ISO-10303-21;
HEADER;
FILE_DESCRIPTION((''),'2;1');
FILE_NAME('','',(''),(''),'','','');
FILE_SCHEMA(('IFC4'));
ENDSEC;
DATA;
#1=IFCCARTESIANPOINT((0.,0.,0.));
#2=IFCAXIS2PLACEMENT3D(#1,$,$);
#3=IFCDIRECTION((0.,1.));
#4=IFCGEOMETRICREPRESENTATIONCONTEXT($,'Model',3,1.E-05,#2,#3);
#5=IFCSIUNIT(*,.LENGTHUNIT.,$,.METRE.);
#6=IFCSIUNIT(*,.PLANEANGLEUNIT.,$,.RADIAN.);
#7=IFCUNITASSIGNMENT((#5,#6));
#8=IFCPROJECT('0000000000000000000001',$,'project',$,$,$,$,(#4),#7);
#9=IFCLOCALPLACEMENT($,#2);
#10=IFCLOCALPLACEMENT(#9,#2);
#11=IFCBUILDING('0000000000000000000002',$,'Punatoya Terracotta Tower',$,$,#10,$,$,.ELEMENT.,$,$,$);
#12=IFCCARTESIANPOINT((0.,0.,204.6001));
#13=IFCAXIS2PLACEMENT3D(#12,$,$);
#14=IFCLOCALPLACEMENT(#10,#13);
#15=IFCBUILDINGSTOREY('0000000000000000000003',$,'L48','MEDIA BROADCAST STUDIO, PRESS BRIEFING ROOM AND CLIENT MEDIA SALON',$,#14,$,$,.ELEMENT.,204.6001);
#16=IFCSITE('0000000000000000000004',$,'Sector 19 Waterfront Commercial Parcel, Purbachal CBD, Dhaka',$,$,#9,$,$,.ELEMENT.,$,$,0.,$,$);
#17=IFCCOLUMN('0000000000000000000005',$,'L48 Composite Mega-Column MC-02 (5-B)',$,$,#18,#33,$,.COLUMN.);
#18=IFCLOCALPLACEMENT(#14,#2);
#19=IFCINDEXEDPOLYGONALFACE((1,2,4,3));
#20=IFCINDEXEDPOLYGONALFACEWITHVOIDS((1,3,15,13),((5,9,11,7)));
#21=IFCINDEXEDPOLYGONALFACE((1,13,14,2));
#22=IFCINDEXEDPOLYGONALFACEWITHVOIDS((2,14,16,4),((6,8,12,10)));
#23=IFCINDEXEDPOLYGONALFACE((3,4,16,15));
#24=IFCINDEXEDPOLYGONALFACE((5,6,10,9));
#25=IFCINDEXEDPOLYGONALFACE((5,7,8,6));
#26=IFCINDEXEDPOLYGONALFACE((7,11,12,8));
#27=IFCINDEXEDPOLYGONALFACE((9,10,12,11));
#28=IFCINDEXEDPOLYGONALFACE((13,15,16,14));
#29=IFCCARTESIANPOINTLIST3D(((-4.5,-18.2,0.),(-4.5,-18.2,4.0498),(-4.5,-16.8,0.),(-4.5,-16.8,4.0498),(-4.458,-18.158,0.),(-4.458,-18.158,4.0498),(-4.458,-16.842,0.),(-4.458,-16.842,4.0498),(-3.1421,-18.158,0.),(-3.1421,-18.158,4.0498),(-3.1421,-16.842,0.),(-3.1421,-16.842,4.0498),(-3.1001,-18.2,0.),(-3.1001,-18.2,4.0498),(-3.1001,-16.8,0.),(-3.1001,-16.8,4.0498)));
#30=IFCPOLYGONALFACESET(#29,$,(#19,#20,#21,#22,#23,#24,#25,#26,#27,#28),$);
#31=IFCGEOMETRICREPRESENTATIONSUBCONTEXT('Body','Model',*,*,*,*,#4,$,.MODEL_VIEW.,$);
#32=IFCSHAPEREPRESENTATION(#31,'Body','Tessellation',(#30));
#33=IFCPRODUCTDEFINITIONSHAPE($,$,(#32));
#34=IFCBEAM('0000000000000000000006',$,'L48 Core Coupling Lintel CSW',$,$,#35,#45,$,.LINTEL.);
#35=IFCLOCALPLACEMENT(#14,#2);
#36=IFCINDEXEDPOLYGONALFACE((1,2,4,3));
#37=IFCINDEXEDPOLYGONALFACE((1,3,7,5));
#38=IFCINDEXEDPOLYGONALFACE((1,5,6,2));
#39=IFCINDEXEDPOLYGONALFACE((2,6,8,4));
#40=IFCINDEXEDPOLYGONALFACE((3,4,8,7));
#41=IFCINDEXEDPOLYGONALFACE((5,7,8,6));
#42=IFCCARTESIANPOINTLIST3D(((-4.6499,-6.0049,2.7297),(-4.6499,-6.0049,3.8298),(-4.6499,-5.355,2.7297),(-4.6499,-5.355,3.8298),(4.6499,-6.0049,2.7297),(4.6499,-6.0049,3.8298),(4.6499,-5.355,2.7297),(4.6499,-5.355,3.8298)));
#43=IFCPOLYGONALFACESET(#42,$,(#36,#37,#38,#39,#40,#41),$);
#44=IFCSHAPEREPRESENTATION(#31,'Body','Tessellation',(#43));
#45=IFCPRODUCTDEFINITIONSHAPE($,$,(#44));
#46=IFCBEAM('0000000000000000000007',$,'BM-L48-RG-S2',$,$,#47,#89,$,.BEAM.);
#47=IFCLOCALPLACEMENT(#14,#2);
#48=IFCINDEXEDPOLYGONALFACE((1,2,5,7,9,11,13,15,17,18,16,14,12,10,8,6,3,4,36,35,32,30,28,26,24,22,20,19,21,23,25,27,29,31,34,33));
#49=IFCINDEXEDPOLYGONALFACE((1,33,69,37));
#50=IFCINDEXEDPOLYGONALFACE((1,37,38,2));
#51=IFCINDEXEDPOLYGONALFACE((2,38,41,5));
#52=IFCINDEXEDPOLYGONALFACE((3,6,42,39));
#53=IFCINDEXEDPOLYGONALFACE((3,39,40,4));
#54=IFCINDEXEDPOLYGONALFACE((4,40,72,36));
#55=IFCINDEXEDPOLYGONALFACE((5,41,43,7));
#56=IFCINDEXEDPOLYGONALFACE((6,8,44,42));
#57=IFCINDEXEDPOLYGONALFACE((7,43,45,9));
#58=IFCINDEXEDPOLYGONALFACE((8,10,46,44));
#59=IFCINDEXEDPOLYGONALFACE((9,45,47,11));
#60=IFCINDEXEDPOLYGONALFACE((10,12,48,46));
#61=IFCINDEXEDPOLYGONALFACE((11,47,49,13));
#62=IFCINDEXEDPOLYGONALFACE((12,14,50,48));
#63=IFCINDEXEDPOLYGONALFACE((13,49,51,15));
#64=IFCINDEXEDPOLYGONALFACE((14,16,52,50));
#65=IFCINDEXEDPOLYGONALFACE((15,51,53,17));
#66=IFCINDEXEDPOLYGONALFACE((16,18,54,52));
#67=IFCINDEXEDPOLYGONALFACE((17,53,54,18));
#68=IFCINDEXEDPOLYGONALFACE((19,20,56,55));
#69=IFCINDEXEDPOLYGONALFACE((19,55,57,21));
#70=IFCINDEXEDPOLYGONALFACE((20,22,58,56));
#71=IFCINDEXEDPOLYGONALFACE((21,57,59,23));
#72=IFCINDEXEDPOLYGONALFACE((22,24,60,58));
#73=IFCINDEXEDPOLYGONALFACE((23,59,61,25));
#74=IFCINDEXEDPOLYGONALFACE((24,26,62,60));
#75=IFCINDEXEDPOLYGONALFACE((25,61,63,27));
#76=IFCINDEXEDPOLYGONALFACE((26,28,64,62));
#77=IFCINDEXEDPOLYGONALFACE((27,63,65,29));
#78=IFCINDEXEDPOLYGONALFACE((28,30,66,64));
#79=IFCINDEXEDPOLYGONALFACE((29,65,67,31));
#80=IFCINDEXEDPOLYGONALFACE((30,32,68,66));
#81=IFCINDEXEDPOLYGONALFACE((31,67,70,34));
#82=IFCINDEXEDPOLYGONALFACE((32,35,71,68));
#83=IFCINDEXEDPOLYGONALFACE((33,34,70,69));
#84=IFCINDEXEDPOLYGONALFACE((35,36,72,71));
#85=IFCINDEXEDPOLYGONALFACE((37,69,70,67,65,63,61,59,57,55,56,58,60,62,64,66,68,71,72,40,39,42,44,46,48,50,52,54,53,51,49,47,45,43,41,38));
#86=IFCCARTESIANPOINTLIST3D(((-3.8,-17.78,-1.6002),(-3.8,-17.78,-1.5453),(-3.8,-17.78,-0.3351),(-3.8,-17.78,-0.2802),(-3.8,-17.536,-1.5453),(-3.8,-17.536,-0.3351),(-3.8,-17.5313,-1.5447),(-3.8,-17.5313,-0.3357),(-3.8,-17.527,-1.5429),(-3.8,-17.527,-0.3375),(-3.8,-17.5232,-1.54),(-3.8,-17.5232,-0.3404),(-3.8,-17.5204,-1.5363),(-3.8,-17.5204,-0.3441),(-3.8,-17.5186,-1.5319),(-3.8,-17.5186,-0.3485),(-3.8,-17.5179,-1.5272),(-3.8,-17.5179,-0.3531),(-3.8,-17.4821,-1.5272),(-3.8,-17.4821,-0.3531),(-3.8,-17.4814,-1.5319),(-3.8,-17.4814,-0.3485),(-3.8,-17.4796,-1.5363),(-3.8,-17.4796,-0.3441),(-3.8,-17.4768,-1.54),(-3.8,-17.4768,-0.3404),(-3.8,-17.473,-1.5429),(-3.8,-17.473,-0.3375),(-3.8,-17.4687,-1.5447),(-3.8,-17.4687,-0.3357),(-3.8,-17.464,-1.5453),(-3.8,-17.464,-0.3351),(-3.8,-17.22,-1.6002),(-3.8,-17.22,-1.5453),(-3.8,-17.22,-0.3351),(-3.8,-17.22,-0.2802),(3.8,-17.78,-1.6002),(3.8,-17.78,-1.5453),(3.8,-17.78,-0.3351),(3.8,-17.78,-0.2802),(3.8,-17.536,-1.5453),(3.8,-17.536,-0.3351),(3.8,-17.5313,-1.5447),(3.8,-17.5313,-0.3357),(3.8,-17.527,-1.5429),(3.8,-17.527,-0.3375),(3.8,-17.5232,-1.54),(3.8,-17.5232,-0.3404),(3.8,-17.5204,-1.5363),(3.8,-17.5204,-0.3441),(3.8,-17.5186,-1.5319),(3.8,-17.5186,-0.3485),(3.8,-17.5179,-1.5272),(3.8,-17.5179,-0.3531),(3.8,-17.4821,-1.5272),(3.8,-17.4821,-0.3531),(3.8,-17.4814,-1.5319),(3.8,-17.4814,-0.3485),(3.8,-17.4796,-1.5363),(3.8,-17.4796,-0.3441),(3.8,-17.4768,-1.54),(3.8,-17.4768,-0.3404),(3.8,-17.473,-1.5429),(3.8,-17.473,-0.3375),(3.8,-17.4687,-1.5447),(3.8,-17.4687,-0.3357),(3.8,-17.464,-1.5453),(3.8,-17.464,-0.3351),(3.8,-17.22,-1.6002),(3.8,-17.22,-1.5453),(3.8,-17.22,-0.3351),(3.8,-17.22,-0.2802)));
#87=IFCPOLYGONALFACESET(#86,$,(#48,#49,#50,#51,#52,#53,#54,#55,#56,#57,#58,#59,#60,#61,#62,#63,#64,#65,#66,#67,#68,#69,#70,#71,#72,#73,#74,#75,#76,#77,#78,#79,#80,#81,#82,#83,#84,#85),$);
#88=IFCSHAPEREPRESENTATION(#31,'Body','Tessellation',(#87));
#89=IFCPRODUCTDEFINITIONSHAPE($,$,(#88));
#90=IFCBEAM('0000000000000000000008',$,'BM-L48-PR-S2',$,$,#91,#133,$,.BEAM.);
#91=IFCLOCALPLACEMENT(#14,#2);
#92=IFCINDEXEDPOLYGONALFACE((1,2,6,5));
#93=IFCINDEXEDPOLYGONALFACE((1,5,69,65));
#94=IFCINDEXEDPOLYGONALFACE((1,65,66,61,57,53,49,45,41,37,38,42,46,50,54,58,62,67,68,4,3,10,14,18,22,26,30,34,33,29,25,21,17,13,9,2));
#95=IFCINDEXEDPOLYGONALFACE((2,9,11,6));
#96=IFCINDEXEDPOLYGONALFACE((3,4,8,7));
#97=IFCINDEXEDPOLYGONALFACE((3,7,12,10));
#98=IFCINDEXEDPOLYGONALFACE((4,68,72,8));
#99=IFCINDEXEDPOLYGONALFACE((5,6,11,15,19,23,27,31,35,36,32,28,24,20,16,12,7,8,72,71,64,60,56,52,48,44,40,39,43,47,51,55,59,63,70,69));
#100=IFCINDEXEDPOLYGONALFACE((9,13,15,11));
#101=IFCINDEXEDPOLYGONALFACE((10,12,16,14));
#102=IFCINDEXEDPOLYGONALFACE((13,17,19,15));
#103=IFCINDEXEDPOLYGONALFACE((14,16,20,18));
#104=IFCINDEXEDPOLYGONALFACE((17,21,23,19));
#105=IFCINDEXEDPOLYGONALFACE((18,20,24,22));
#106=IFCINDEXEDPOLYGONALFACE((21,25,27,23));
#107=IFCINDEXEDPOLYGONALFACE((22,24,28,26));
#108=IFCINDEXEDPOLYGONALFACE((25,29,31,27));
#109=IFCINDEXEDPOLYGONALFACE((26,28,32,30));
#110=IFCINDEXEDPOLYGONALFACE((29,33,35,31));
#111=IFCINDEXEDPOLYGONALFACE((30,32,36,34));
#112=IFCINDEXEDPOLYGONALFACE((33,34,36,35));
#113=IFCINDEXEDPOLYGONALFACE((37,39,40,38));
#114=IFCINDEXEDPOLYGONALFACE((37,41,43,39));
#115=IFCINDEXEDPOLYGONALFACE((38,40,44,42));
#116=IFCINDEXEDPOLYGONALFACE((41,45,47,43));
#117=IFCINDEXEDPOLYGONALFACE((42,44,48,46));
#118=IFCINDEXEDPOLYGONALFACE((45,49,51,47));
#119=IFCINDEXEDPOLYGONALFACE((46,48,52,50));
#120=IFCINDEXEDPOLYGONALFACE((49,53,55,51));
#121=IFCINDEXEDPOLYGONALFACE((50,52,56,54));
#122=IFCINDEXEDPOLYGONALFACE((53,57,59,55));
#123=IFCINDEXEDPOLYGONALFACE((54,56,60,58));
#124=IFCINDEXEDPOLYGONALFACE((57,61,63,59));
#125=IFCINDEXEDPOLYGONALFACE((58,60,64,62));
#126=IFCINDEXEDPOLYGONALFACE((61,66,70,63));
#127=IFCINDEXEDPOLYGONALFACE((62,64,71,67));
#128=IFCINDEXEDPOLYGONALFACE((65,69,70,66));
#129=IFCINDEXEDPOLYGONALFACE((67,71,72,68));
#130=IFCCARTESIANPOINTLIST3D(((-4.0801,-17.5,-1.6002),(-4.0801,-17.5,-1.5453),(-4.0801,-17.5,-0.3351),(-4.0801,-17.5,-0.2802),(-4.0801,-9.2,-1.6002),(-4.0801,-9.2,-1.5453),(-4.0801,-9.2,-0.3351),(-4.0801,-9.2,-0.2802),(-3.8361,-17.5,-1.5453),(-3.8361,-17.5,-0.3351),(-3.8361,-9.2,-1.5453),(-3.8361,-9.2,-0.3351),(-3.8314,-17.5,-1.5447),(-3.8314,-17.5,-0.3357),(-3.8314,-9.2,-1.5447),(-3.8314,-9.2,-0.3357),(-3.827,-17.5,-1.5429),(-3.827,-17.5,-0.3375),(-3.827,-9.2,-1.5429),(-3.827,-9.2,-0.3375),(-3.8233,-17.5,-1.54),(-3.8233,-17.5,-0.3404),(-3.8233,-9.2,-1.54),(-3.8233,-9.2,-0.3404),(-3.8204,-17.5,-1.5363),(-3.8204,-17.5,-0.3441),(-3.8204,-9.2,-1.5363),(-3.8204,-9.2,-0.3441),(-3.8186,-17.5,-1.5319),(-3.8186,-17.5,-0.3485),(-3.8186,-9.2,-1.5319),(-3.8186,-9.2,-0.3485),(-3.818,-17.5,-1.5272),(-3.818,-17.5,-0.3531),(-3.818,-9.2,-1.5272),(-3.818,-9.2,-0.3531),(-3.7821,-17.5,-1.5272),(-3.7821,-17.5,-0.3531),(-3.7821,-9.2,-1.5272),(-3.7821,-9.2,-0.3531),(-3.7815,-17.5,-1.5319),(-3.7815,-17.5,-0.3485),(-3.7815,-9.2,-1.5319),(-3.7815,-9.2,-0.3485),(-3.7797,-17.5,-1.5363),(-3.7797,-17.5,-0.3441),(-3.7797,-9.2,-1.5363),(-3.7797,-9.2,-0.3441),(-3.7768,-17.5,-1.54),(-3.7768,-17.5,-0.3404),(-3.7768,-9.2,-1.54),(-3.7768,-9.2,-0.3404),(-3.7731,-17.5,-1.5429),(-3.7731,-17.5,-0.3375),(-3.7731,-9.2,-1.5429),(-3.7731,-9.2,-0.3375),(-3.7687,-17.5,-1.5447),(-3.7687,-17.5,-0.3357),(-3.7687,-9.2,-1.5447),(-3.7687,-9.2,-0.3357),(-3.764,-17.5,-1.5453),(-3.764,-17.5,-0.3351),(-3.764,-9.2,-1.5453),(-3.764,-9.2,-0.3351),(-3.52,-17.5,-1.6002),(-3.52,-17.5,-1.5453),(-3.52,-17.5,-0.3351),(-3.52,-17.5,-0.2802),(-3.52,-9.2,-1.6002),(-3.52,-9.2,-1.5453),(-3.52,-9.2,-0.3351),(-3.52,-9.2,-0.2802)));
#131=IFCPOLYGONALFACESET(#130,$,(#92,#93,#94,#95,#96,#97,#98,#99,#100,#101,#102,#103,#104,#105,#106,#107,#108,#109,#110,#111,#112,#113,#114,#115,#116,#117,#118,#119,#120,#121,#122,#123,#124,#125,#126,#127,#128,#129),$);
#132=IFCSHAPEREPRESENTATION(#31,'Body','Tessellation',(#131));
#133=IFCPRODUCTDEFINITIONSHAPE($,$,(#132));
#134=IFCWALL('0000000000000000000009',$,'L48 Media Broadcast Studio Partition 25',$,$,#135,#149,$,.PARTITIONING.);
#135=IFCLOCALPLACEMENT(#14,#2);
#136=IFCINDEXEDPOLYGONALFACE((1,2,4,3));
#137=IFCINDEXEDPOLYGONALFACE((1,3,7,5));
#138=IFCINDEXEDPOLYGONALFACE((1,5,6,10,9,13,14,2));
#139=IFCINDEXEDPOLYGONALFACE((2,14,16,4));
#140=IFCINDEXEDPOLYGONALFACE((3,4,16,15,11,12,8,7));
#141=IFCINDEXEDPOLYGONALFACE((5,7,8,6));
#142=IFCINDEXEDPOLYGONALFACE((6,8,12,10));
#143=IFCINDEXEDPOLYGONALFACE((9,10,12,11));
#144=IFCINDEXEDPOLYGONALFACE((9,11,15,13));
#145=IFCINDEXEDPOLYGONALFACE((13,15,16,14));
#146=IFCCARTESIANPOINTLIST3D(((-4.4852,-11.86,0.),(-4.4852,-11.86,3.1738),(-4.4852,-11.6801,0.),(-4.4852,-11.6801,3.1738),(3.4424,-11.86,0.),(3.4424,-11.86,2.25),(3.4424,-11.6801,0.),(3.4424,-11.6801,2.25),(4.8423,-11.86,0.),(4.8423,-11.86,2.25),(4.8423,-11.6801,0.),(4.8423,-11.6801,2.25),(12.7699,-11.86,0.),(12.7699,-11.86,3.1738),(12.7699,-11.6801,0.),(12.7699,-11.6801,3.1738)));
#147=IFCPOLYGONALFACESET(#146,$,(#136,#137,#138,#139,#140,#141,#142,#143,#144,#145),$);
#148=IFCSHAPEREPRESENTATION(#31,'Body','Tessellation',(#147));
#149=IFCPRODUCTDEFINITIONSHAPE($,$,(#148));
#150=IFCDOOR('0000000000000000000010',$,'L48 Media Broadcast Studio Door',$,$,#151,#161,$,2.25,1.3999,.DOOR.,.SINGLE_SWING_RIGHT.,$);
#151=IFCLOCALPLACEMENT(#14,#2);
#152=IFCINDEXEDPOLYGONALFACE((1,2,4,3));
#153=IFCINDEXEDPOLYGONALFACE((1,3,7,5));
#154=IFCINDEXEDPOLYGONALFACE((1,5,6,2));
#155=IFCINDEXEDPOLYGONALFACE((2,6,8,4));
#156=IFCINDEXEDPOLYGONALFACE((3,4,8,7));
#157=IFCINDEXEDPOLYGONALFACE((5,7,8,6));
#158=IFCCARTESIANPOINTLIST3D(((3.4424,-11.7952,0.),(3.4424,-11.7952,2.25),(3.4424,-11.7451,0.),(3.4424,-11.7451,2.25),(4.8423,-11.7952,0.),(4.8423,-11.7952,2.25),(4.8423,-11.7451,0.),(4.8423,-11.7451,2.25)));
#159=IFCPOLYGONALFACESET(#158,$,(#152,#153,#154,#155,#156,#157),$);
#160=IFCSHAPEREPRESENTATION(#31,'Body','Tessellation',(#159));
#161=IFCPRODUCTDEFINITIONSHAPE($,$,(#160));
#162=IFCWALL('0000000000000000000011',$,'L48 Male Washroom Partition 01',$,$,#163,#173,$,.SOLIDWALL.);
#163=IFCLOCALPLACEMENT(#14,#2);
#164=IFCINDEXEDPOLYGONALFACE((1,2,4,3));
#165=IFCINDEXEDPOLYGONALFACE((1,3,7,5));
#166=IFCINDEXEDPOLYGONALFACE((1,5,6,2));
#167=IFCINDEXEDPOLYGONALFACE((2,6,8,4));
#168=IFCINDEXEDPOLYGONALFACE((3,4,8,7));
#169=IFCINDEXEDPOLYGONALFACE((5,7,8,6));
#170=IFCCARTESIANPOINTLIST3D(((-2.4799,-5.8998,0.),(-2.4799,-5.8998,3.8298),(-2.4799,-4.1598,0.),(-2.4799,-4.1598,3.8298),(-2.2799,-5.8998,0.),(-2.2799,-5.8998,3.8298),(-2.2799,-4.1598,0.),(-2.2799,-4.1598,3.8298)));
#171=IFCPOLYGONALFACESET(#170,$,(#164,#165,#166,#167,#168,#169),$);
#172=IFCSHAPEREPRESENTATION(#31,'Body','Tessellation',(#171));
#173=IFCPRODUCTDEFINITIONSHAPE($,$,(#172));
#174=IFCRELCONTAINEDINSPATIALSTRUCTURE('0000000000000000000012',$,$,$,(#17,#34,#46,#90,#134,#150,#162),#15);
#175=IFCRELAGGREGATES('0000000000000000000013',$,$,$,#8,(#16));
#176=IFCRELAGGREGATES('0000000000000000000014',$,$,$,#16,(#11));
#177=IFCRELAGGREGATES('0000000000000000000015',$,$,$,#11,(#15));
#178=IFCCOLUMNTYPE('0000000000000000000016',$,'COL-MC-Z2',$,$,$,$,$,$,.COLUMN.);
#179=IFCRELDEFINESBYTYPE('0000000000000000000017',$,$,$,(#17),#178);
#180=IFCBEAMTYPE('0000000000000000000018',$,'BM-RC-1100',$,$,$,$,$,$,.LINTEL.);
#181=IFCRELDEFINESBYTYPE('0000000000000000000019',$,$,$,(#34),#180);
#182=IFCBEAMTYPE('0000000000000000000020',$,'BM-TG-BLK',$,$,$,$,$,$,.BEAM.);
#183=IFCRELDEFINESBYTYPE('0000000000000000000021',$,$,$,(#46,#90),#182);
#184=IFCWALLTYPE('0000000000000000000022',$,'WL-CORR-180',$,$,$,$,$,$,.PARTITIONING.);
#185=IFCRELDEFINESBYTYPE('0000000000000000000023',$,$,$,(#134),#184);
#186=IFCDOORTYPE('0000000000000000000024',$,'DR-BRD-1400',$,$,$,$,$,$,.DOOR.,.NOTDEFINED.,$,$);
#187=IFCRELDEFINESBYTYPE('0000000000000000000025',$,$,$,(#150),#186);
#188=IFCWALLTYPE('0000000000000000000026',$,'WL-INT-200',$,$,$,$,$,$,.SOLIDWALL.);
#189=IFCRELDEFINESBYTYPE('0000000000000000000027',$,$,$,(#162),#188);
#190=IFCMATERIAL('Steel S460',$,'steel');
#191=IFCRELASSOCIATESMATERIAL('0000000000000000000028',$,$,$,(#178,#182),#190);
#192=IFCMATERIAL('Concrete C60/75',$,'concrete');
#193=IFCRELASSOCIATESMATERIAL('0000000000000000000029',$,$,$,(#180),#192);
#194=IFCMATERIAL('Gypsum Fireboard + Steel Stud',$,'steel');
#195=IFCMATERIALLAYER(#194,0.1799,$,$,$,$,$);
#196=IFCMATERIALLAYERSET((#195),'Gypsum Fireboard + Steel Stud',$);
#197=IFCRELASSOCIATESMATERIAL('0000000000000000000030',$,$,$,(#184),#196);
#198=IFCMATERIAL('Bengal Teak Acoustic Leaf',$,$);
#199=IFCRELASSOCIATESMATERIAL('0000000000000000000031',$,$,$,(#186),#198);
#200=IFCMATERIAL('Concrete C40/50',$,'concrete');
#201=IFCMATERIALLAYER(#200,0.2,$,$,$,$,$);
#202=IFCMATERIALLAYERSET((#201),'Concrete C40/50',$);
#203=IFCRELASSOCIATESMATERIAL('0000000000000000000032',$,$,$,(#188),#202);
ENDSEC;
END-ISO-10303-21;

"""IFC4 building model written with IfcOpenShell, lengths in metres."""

from ifc_helpers import new_model, si_unit, direction, frame, frame_2d, origin, origin_2d, place, context, subcontext, project, spatial, rectangle, hollow_rectangle, i_section, extrude, material, layer, layer_set, material_profile, profile_set, type_object, element, fill, save


model = new_model("IFC4")

# Units and contexts
model_context = context("Model", 3, precision=1e-05, world=origin(), true_north=direction((0.0, 1.0)))
body_context = subcontext(model_context, "Body", "Model", "MODEL_VIEW")
ifc_project = project(units=[si_unit("LENGTHUNIT", "METRE"), si_unit("PLANEANGLEUNIT", "RADIAN")], contexts=[model_context])

# Site, building, storey
site_placement = place(None, origin())
site = spatial("IfcSite", under=ifc_project, at=site_placement, Name="Sector 19 Waterfront Commercial Parcel, Purbachal CBD, Dhaka", CompositionType="ELEMENT", RefElevation=0.0)
building_placement = place(site_placement, origin())
building = spatial("IfcBuilding", under=site, at=building_placement, Name="Punatoya Terracotta Tower", CompositionType="ELEMENT")
storey_placement = place(building_placement, frame((0.0, 0.0, 204.6001)))
storey = spatial("IfcBuildingStorey", under=building, at=storey_placement, Name="L48", Description="MEDIA BROADCAST STUDIO, PRESS BRIEFING ROOM AND CLIENT MEDIA SALON", CompositionType="ELEMENT", Elevation=204.6001)

# Column
ifc_material_1 = material(Name="Steel S460", Category="steel")
ifc_material_profile_1 = material_profile(ifc_material_1, hollow_rectangle(XDim=1.3999, YDim=1.3999, WallThickness=0.042, at=origin_2d()))
ifc_profile_set_1 = profile_set([ifc_material_profile_1], Name="Steel S460")
column_type = type_object("IfcColumnType", Name="COL-MC-Z2", PredefinedType="COLUMN", material=ifc_profile_set_1)
column_placement = place(storey_placement, frame((-3.8, -17.5, 0.0), z_axis=(0.0, 0.0, 1.0), x_axis=(1.0, 0.0, 0.0)))
element("IfcColumn", 1, at=column_placement, inside=storey, type_object=column_type, Name="L48 Composite Mega-Column MC-02 (5-B)", PredefinedType="COLUMN", context=body_context, shape_type="SweptSolid", body=[
    extrude(hollow_rectangle(XDim=1.3999, YDim=1.3999, WallThickness=0.042, at=origin_2d()), origin(), (0.0, 0.0, 1.0), 4.0498),
])

# Beams
ifc_material_2 = material(Name="Concrete C60/75", Category="concrete")
ifc_material_profile_2 = material_profile(ifc_material_2, rectangle(XDim=0.6499, YDim=1.1001, at=origin_2d()))
ifc_profile_set_2 = profile_set([ifc_material_profile_2], Name="Concrete C60/75")
beam_type_1 = type_object("IfcBeamType", Name="BM-RC-1100", PredefinedType="LINTEL", material=ifc_profile_set_2)
beam_1_placement = place(storey_placement, frame((-4.6499, -5.6799, 3.2798), z_axis=(1.0, 0.0, 0.0), x_axis=(0.0, 1.0, 0.0)))
element("IfcBeam", 2, at=beam_1_placement, inside=storey, type_object=beam_type_1, Name="L48 Core Coupling Lintel CSW", PredefinedType="LINTEL", context=body_context, shape_type="SweptSolid", body=[
    extrude(rectangle(XDim=0.6499, YDim=1.1001, at=origin_2d()), origin(), (0.0, 0.0, 1.0), 9.2998),
])
ifc_material_profile_3 = material_profile(ifc_material_1, i_section(OverallWidth=0.5601, OverallDepth=1.3201, WebThickness=0.0359, FlangeThickness=0.0549, FilletRadius=0.0181, at=origin_2d()))
ifc_profile_set_3 = profile_set([ifc_material_profile_3], Name="Steel S460")
beam_type_2 = type_object("IfcBeamType", Name="BM-TG-BLK", PredefinedType="BEAM", material=ifc_profile_set_3)
beam_2_placement = place(storey_placement, frame((-3.8, -17.5, -0.9402), z_axis=(1.0, 0.0, 0.0), x_axis=(0.0, 1.0, 0.0)))
element("IfcBeam", 3, at=beam_2_placement, inside=storey, type_object=beam_type_2, Name="BM-L48-RG-S2", PredefinedType="BEAM", context=body_context, shape_type="SweptSolid", body=[
    extrude(i_section(OverallWidth=0.5601, OverallDepth=1.3201, WebThickness=0.0359, FlangeThickness=0.0549, FilletRadius=0.0181, at=origin_2d()), origin(), (0.0, 0.0, 1.0), 7.6001),
])
beam_3_placement = place(storey_placement, frame((-3.8, -17.5, -0.9402), z_axis=(0.0, 1.0, 0.0), x_axis=(-1.0, 0.0, 0.0)))
element("IfcBeam", 4, at=beam_3_placement, inside=storey, type_object=beam_type_2, Name="BM-L48-PR-S2", PredefinedType="BEAM", context=body_context, shape_type="SweptSolid", body=[
    extrude(i_section(OverallWidth=0.5601, OverallDepth=1.3201, WebThickness=0.0359, FlangeThickness=0.0549, FilletRadius=0.0181, at=origin_2d()), origin(), (0.0, 0.0, 1.0), 8.3),
])

# Wall, opening, door
ifc_material_3 = material(Name="Gypsum Fireboard + Steel Stud", Category="steel")
ifc_layer_1 = layer(ifc_material_3, 0.1799)
ifc_layer_set_1 = layer_set([ifc_layer_1], Name="Gypsum Fireboard + Steel Stud")
wall_type_1 = type_object("IfcWallType", Name="WL-CORR-180", PredefinedType="PARTITIONING", material=ifc_layer_set_1)
wall_1_placement = place(storey_placement, frame((-4.4851, -11.77, 0.0), z_axis=(0.0, 0.0, 1.0), x_axis=(1.0, 0.0, 0.0)))
wall_1 = element("IfcWall", 5, at=wall_1_placement, inside=storey, type_object=wall_type_1, Name="L48 Media Broadcast Studio Partition 25", PredefinedType="PARTITIONING", context=body_context, shape_type="SweptSolid", body=[
    extrude(rectangle(XDim=17.2551, YDim=0.1799, at=frame_2d((8.6274, 0.0))), origin(), (0.0, 0.0, 1.0), 3.1738),
])
opening_1_placement = place(wall_1_placement, frame((7.9275, 0.0, 0.0)))
opening_1 = element("IfcOpeningElement", 6, at=opening_1_placement, cuts=wall_1, PredefinedType="OPENING", context=body_context, shape_type="SweptSolid", body=[
    extrude(rectangle(XDim=1.3999, YDim=2.25, at=frame_2d((0.7, 1.125))), frame((0.0, 0.0999, 0.0), z_axis=(0.0, -1.0, 0.0), x_axis=(1.0, 0.0, 0.0)), (0.0, 0.0, 1.0), 0.2),
])
ifc_material_4 = material(Name="Bengal Teak Acoustic Leaf")
door_type_1 = type_object("IfcDoorType", Name="DR-BRD-1400", OperationType="NOTDEFINED", PredefinedType="DOOR", material=ifc_material_4)
door_1_placement = place(opening_1_placement, origin())
door_1 = element("IfcDoor", 7, at=door_1_placement, inside=storey, type_object=door_type_1, Name="L48 Media Broadcast Studio Door", OperationType="SINGLE_SWING_RIGHT", OverallHeight=2.25, OverallWidth=1.3999, PredefinedType="DOOR", context=body_context, shape_type="SweptSolid", body=[
    extrude(rectangle(XDim=1.3999, YDim=2.25, at=frame_2d((0.7, 1.125))), frame((0.0, 0.0249, 0.0), z_axis=(0.0, -1.0, 0.0), x_axis=(1.0, 0.0, 0.0)), (0.0, 0.0, 1.0), 0.05),
])
fill(opening_1, door_1)

# Wall
ifc_material_5 = material(Name="Concrete C40/50", Category="concrete")
ifc_layer_2 = layer(ifc_material_5, 0.2)
ifc_layer_set_2 = layer_set([ifc_layer_2], Name="Concrete C40/50")
wall_type_2 = type_object("IfcWallType", Name="WL-INT-200", PredefinedType="SOLIDWALL", material=ifc_layer_set_2)
wall_2_placement = place(storey_placement, frame((-2.3799, -5.8999, 0.0), z_axis=(0.0, 0.0, 1.0), x_axis=(0.0, 1.0, 0.0)))
element("IfcWall", 8, at=wall_2_placement, inside=storey, type_object=wall_type_2, Name="L48 Male Washroom Partition 01", PredefinedType="SOLIDWALL", context=body_context, shape_type="SweptSolid", body=[
    extrude(rectangle(XDim=1.74, YDim=0.2, at=frame_2d((0.8701, 0.0))), origin(), (0.0, 0.0, 1.0), 3.8298),
])

save(model, "model.ifc")
